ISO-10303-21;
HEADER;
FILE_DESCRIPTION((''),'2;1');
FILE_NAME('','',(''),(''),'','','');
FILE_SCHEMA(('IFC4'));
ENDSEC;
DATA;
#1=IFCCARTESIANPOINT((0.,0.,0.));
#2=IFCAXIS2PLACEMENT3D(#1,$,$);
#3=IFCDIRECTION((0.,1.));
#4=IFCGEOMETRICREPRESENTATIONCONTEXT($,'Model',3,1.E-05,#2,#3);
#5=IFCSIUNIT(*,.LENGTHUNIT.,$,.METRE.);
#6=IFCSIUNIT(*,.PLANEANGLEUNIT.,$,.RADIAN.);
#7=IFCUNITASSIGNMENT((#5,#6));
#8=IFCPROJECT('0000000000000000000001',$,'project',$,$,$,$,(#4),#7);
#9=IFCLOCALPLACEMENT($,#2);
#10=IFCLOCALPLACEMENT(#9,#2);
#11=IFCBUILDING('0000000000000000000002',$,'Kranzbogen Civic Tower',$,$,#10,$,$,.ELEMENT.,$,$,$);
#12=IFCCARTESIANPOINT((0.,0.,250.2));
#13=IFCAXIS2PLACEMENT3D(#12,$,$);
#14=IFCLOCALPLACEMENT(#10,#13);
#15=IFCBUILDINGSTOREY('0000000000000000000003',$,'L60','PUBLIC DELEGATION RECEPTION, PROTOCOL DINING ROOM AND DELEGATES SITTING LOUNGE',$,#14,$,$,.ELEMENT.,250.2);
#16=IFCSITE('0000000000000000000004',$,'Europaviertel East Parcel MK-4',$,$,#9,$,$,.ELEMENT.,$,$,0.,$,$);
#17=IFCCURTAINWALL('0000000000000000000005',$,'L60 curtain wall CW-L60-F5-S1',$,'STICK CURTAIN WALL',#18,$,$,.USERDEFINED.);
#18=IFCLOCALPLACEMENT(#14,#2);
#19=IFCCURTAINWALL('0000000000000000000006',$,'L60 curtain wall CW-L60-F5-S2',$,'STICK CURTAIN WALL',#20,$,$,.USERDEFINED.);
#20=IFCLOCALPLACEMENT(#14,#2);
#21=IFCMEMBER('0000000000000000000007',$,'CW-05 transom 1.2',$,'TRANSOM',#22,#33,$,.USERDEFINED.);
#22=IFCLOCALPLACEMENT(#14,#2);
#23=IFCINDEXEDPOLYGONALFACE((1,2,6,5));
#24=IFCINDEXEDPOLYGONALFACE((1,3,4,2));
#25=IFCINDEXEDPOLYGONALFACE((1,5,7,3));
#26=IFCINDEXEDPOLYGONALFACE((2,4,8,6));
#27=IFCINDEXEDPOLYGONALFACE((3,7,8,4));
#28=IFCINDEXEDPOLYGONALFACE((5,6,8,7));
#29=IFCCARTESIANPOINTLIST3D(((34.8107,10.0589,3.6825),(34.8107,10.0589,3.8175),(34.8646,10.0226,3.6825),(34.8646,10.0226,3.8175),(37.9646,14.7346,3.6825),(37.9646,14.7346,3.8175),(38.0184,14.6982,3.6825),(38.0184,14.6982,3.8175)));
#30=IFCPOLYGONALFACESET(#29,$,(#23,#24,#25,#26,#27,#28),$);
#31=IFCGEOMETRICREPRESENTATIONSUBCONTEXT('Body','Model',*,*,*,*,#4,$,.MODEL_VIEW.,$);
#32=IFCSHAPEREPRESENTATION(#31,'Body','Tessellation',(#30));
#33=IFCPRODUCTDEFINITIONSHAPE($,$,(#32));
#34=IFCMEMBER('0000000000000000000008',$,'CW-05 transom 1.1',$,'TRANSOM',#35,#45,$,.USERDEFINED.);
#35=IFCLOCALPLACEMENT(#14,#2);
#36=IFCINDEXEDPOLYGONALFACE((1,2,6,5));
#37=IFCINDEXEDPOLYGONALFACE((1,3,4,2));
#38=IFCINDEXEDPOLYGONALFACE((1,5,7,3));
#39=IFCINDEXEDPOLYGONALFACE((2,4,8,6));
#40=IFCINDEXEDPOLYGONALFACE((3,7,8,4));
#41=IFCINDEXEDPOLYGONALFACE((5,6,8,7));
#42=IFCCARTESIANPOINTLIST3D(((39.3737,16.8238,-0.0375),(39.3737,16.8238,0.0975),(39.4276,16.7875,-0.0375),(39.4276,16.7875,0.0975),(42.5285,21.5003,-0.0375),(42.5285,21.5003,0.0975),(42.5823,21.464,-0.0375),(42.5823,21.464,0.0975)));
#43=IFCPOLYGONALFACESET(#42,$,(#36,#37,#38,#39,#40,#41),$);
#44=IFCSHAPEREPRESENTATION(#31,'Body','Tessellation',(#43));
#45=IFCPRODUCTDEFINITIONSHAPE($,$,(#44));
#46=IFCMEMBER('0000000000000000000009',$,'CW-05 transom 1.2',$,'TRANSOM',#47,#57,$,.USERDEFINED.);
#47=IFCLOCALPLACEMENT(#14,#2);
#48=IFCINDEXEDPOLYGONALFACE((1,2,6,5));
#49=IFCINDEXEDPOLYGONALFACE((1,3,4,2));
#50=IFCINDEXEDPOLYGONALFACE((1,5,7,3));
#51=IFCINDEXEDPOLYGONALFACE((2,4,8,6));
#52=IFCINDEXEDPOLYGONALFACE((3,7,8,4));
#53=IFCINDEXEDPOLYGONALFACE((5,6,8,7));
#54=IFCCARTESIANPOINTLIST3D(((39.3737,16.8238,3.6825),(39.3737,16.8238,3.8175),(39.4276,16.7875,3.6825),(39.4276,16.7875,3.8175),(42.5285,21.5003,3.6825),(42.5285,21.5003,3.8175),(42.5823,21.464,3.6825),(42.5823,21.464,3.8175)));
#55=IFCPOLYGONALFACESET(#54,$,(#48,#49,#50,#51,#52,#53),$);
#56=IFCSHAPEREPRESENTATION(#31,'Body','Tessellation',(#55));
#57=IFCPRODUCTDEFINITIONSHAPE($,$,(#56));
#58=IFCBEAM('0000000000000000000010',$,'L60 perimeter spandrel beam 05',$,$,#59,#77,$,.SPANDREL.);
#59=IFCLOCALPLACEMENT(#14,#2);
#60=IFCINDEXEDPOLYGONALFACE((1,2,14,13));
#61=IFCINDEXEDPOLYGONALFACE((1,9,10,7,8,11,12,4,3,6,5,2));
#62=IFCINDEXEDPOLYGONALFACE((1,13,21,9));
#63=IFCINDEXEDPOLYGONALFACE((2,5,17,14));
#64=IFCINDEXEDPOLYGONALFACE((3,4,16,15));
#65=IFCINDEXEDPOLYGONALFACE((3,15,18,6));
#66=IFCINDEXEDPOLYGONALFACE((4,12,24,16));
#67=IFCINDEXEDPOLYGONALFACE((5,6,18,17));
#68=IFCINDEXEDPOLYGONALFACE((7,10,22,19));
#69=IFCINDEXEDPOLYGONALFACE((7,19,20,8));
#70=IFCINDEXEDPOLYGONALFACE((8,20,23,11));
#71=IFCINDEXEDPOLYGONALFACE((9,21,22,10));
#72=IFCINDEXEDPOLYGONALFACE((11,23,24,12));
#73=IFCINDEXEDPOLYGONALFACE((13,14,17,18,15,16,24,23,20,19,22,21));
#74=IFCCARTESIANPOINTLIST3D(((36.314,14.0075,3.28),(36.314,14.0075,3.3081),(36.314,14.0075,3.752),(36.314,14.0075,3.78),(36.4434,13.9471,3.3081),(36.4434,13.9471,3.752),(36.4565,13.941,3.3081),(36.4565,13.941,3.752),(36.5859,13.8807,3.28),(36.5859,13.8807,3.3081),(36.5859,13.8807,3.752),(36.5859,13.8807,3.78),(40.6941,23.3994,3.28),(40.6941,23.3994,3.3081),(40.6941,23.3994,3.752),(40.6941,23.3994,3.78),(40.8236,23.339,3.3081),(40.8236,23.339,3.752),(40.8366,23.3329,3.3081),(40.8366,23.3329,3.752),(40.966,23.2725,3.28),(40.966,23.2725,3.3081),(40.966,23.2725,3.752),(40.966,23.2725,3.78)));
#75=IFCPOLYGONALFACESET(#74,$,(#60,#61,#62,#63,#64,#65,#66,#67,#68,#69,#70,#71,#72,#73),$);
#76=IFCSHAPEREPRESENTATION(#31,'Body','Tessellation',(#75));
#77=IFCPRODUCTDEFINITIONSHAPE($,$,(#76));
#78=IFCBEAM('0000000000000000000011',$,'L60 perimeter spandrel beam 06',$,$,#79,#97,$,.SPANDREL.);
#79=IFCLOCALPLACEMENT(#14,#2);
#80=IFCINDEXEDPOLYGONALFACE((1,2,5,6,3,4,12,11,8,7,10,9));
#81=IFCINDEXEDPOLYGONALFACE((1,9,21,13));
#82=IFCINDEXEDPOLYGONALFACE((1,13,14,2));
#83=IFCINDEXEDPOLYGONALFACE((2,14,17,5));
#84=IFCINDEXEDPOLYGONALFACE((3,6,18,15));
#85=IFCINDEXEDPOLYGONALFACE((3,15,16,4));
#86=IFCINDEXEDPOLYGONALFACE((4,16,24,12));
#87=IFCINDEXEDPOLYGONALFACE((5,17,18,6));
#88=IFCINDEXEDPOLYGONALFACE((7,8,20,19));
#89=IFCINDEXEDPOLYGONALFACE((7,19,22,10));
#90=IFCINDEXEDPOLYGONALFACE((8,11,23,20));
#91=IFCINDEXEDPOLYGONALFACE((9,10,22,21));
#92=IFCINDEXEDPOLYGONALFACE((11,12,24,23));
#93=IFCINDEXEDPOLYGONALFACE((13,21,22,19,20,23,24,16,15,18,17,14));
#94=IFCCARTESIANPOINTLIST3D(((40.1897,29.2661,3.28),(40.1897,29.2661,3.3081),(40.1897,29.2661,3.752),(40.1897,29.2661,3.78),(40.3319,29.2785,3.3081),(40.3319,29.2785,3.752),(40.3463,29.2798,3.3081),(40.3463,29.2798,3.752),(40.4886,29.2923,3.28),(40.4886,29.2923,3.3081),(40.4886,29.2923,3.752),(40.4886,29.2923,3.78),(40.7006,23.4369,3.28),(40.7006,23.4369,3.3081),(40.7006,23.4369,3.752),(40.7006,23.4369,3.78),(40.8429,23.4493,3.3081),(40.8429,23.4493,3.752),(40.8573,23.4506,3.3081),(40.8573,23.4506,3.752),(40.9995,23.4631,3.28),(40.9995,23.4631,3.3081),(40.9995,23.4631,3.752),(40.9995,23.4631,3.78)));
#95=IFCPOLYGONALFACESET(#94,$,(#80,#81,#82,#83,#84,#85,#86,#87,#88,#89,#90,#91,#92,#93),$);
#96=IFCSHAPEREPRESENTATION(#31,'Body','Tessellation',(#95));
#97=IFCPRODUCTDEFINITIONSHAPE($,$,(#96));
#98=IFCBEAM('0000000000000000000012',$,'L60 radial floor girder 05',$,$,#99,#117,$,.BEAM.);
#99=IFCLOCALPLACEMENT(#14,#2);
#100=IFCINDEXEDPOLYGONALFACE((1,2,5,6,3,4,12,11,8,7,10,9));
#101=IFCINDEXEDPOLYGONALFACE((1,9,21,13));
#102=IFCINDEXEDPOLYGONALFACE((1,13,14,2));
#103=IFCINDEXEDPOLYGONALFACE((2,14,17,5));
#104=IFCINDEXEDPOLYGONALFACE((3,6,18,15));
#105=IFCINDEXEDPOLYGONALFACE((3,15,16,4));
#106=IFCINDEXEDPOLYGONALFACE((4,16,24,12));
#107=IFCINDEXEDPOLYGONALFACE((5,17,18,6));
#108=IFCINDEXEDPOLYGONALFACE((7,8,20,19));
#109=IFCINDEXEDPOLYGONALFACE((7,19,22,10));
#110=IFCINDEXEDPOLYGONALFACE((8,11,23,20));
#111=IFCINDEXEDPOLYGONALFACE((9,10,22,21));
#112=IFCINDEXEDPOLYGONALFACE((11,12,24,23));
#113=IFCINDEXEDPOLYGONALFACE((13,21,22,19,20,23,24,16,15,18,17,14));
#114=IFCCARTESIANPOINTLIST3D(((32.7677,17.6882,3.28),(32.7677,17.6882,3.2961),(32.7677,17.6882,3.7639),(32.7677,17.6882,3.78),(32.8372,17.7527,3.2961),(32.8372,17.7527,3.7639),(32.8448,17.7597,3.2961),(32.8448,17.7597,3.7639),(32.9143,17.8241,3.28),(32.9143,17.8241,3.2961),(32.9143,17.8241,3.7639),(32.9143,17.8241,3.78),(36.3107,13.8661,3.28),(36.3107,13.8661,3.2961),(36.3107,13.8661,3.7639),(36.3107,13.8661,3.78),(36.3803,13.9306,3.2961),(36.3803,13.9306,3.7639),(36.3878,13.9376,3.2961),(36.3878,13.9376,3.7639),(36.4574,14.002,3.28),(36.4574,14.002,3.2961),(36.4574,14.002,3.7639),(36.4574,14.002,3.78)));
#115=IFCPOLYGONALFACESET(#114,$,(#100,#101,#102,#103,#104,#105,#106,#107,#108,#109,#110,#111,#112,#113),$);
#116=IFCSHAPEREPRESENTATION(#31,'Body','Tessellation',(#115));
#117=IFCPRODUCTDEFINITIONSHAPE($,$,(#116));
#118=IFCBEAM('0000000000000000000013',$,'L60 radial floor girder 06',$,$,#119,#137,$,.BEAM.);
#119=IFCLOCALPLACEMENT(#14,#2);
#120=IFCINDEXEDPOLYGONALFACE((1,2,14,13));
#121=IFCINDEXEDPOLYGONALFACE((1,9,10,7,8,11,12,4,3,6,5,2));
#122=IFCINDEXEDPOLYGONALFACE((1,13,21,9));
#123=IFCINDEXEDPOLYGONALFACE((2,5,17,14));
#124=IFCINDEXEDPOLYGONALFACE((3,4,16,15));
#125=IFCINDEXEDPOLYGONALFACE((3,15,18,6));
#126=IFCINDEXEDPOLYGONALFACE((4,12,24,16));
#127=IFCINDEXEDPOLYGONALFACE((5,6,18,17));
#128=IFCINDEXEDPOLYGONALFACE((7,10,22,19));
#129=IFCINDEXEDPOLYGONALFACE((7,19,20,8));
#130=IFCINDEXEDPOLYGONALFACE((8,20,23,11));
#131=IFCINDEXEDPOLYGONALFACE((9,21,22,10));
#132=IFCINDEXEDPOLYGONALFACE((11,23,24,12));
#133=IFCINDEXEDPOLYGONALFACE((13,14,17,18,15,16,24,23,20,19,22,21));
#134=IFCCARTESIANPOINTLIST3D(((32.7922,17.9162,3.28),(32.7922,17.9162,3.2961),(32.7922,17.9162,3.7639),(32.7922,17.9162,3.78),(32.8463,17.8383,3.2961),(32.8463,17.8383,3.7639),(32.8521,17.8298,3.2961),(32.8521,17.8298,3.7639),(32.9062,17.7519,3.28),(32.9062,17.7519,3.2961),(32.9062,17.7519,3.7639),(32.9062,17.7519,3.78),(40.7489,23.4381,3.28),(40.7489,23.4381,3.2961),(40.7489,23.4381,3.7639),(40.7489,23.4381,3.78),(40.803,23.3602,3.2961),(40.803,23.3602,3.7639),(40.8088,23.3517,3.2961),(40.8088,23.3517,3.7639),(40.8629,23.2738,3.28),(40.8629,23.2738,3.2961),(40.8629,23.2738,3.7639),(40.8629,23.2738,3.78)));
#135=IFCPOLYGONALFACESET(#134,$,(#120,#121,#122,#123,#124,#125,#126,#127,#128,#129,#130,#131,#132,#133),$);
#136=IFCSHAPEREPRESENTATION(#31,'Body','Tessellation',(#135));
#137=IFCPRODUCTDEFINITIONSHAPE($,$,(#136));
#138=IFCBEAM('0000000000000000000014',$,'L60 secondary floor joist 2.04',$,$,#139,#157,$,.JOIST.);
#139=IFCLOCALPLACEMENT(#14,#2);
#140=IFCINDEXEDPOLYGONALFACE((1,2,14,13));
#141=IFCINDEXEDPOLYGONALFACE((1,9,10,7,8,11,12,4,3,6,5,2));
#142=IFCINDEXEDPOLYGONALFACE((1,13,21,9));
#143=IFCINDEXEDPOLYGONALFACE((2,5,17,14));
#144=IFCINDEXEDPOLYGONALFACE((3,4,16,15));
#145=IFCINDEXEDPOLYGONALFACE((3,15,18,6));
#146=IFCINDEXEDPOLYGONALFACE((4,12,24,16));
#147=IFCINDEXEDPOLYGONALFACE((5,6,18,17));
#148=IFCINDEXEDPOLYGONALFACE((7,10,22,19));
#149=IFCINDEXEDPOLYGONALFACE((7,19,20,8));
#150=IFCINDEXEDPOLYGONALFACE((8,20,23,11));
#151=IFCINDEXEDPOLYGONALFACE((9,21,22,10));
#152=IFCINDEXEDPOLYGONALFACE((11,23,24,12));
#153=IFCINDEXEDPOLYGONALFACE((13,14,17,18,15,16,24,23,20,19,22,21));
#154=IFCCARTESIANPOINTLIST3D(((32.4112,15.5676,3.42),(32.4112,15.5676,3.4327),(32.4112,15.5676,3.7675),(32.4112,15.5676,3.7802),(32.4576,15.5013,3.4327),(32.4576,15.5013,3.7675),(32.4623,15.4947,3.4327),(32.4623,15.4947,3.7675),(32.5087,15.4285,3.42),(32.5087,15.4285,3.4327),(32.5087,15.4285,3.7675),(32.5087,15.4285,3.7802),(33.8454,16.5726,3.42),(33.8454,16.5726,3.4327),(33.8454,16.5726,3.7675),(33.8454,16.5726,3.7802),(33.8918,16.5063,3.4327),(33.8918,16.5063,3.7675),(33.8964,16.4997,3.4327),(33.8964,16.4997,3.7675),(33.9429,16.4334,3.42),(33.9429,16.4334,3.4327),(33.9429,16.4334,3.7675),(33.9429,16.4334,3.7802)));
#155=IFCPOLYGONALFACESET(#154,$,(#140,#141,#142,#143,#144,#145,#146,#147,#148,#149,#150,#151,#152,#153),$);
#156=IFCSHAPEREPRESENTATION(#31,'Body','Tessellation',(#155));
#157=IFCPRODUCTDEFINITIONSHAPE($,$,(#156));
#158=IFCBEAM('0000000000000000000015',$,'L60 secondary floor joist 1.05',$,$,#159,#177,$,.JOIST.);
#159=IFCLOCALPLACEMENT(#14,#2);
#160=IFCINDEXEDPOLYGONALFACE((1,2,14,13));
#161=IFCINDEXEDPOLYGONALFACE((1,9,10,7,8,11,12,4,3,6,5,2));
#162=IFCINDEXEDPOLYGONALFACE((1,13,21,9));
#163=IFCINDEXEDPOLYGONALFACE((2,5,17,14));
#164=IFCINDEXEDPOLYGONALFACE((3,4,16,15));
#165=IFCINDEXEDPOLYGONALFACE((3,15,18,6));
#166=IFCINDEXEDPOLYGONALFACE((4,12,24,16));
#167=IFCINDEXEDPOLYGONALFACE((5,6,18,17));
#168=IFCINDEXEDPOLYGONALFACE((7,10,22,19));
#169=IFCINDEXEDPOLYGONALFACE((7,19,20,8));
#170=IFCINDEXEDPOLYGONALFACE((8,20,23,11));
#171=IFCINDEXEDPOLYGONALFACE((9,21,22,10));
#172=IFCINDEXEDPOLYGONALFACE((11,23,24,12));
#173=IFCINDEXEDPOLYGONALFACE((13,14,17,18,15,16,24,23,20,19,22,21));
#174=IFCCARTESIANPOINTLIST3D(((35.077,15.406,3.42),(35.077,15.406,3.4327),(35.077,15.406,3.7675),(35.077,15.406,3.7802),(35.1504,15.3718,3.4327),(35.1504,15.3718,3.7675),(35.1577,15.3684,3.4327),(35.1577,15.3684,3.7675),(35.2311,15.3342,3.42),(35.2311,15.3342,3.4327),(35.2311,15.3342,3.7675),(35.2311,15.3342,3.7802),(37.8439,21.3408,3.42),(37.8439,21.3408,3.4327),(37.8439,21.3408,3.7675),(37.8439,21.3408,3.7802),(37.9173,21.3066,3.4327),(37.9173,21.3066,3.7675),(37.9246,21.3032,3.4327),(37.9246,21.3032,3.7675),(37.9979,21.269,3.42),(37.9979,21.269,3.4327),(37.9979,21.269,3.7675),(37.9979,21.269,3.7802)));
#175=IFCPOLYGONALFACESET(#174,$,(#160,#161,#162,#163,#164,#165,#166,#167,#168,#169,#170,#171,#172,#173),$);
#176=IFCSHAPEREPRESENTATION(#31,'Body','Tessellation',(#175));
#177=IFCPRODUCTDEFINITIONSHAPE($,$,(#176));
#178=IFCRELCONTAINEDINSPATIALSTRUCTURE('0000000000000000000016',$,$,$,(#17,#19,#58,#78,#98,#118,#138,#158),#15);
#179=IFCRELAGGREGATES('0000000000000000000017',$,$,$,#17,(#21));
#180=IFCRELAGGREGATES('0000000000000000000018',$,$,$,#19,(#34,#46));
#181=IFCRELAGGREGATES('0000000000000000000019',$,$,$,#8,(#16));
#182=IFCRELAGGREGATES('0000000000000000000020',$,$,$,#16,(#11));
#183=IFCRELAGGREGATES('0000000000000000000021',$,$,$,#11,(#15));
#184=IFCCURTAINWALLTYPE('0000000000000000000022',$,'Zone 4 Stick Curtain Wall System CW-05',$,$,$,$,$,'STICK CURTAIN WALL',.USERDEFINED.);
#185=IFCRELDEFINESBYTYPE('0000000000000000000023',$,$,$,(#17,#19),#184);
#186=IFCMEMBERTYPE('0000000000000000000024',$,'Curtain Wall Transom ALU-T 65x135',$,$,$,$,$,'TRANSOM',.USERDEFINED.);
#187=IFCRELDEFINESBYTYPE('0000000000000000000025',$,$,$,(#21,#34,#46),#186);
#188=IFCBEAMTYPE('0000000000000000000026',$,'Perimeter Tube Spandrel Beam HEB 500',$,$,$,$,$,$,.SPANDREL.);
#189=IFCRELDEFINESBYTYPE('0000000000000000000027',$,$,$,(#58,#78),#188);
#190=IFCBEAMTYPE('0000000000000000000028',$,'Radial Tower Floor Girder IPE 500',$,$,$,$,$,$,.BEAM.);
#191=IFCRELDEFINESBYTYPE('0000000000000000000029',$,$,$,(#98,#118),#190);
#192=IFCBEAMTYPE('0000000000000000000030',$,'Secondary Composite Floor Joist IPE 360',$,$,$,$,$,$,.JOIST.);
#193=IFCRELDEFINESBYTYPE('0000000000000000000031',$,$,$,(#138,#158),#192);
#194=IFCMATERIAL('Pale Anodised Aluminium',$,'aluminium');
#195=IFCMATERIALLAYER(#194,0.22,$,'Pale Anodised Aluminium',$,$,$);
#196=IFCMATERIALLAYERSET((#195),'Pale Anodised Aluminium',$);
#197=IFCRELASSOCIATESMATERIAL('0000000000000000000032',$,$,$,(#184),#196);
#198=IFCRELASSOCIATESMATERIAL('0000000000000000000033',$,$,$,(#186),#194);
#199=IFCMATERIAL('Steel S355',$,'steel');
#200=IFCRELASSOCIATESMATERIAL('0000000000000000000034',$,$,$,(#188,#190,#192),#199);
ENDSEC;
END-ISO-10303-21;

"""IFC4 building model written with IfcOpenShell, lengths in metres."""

from ifc_helpers import new_model, si_unit, direction, frame, origin, origin_2d, place, context, subcontext, project, spatial, rectangle, i_section, extrude, material, layer, layer_set, material_profile, profile_set, type_object, element, aggregate, save


model = new_model("IFC4")

# Units and contexts
model_context = context("Model", 3, precision=1e-05, world=origin(), true_north=direction((0.0, 1.0)))
body_context = subcontext(model_context, "Body", "Model", "MODEL_VIEW")
ifc_project = project(units=[si_unit("LENGTHUNIT", "METRE"), si_unit("PLANEANGLEUNIT", "RADIAN")], contexts=[model_context])

# Site, building, storey
site_placement = place(None, origin())
site = spatial("IfcSite", under=ifc_project, at=site_placement, Name="Europaviertel East Parcel MK-4", CompositionType="ELEMENT", RefElevation=0.0)
building_placement = place(site_placement, origin())
building = spatial("IfcBuilding", under=site, at=building_placement, Name="Kranzbogen Civic Tower", CompositionType="ELEMENT")
storey_placement = place(building_placement, frame((0.0, 0.0, 250.2)))
storey = spatial("IfcBuildingStorey", under=building, at=storey_placement, Name="L60", Description="PUBLIC DELEGATION RECEPTION, PROTOCOL DINING ROOM AND DELEGATES SITTING LOUNGE", CompositionType="ELEMENT", Elevation=250.2)

# Shared definitions
ifc_material_1 = material(Name="Steel S355", Category="steel")

# Shared definitions
ifc_material_2 = material(Name="Pale Anodised Aluminium", Category="aluminium")

# Curtain walls
ifc_layer_1 = layer(ifc_material_2, 0.22, Name="Pale Anodised Aluminium")
ifc_layer_set_1 = layer_set([ifc_layer_1], Name="Pale Anodised Aluminium")
curtain_wall_type_1 = type_object("IfcCurtainWallType", Name="Zone 4 Stick Curtain Wall System CW-05", ElementType="STICK CURTAIN WALL", PredefinedType="USERDEFINED", material=ifc_layer_set_1)
curtain_wall_1_placement = place(storey_placement, origin())
curtain_wall_1 = element("IfcCurtainWall", 1, at=curtain_wall_1_placement, inside=storey, type_object=curtain_wall_type_1, Name="L60 curtain wall CW-L60-F5-S1", ObjectType="STICK CURTAIN WALL", PredefinedType="USERDEFINED")
curtain_wall_2_placement = place(storey_placement, origin())
curtain_wall_2 = element("IfcCurtainWall", 2, at=curtain_wall_2_placement, inside=storey, type_object=curtain_wall_type_1, Name="L60 curtain wall CW-L60-F5-S2", ObjectType="STICK CURTAIN WALL", PredefinedType="USERDEFINED")

# Members
ifc_material_profile_1 = material_profile(ifc_material_2, rectangle(XDim=0.0649, YDim=0.135, at=origin_2d()), Name="ALU-T 65x135")
ifc_profile_set_1 = profile_set([ifc_material_profile_1], Name="Pale Anodised Aluminium")
member_type_1 = type_object("IfcMemberType", Name="Curtain Wall Transom ALU-T 65x135", ElementType="TRANSOM", PredefinedType="USERDEFINED", material=ifc_profile_set_1)
member_1_placement = place(storey_placement, frame((34.8376, 10.0408, 3.75), z_axis=(0.559207, 0.829028, 0.0), x_axis=(-0.829028, 0.559207, 0.0)))
member_1 = element("IfcMember", 3, at=member_1_placement, type_object=member_type_1, Name="CW-05 transom 1.2", ObjectType="TRANSOM", PredefinedType="USERDEFINED", context=body_context, shape_type="SweptSolid", body=[
    extrude(rectangle(XDim=0.0649, YDim=0.135, at=origin_2d()), origin(), (0.0, 0.0, 1.0), 5.6399),
])
member_2_placement = place(storey_placement, frame((39.4006, 16.8057, 0.03), z_axis=(0.559246, 0.829002, 0.0), x_axis=(-0.829002, 0.559246, 0.0)))
member_2 = element("IfcMember", 4, at=member_2_placement, type_object=member_type_1, Name="CW-05 transom 1.1", ObjectType="TRANSOM", PredefinedType="USERDEFINED", context=body_context, shape_type="SweptSolid", body=[
    extrude(rectangle(XDim=0.0649, YDim=0.135, at=origin_2d()), origin(), (0.0, 0.0, 1.0), 5.6411),
])
member_3_placement = place(storey_placement, frame((39.4006, 16.8057, 3.75), z_axis=(0.559246, 0.829002, 0.0), x_axis=(-0.829002, 0.559246, 0.0)))
member_3 = element("IfcMember", 5, at=member_3_placement, type_object=member_type_1, Name="CW-05 transom 1.2", ObjectType="TRANSOM", PredefinedType="USERDEFINED", context=body_context, shape_type="SweptSolid", body=[
    extrude(rectangle(XDim=0.0649, YDim=0.135, at=origin_2d()), origin(), (0.0, 0.0, 1.0), 5.6411),
])

# Beams
ifc_material_profile_2 = material_profile(ifc_material_1, i_section(OverallWidth=0.3, OverallDepth=0.5, WebThickness=0.0144, FlangeThickness=0.0281, at=origin_2d()), Name="HEB 500")
ifc_profile_set_2 = profile_set([ifc_material_profile_2], Name="Steel S355")
beam_type_1 = type_object("IfcBeamType", Name="Perimeter Tube Spandrel Beam HEB 500", PredefinedType="SPANDREL", material=ifc_profile_set_2)
beam_1_placement = place(storey_placement, frame((36.45, 13.9441, 3.53), z_axis=(0.422669, 0.906284, 0.0), x_axis=(-0.906284, 0.422669, 0.0)))
element("IfcBeam", 6, at=beam_1_placement, inside=storey, type_object=beam_type_1, Name="L60 perimeter spandrel beam 05", PredefinedType="SPANDREL", context=body_context, shape_type="SweptSolid", body=[
    extrude(i_section(OverallWidth=0.3, OverallDepth=0.5, WebThickness=0.0144, FlangeThickness=0.0281, at=origin_2d()), origin(), (0.0, 0.0, 1.0), 10.363),
])
beam_2_placement = place(storey_placement, frame((40.8501, 23.45, 3.53), z_axis=(-0.087326, 0.99618, 0.0), x_axis=(-0.99618, -0.087326, 0.0)))
element("IfcBeam", 7, at=beam_2_placement, inside=storey, type_object=beam_type_1, Name="L60 perimeter spandrel beam 06", PredefinedType="SPANDREL", context=body_context, shape_type="SweptSolid", body=[
    extrude(i_section(OverallWidth=0.3, OverallDepth=0.5, WebThickness=0.0144, FlangeThickness=0.0281, at=origin_2d()), origin(), (0.0, 0.0, 1.0), 5.8516),
])
ifc_material_profile_3 = material_profile(ifc_material_1, i_section(OverallWidth=0.2, OverallDepth=0.5, WebThickness=0.0103, FlangeThickness=0.0161, at=origin_2d()), Name="IPE 500")
ifc_profile_set_3 = profile_set([ifc_material_profile_3], Name="Steel S355")
beam_type_2 = type_object("IfcBeamType", Name="Radial Tower Floor Girder IPE 500", PredefinedType="BEAM", material=ifc_profile_set_3)
beam_3_placement = place(storey_placement, frame((36.384, 13.9341, 3.53), z_axis=(-0.679827, 0.733372, 0.0), x_axis=(-0.733372, -0.679827, 0.0)))
element("IfcBeam", 8, at=beam_3_placement, inside=storey, type_object=beam_type_2, Name="L60 radial floor girder 05", PredefinedType="BEAM", context=body_context, shape_type="SweptSolid", body=[
    extrude(i_section(OverallWidth=0.2, OverallDepth=0.5, WebThickness=0.0103, FlangeThickness=0.0161, at=origin_2d()), origin(), (0.0, 0.0, 1.0), 5.2117),
])
beam_4_placement = place(storey_placement, frame((40.8059, 23.356, 3.53), z_axis=(-0.821543, -0.570147, 0.0), x_axis=(0.570147, -0.821543, 0.0)))
element("IfcBeam", 9, at=beam_4_placement, inside=storey, type_object=beam_type_2, Name="L60 radial floor girder 06", PredefinedType="BEAM", context=body_context, shape_type="SweptSolid", body=[
    extrude(i_section(OverallWidth=0.2, OverallDepth=0.5, WebThickness=0.0103, FlangeThickness=0.0161, at=origin_2d()), origin(), (0.0, 0.0, 1.0), 9.6851),
])
ifc_material_profile_4 = material_profile(ifc_material_1, i_section(OverallWidth=0.1699, OverallDepth=0.3601, WebThickness=0.0081, FlangeThickness=0.0127, at=origin_2d()), Name="IPE 360")
ifc_profile_set_4 = profile_set([ifc_material_profile_4], Name="Steel S355")
beam_type_3 = type_object("IfcBeamType", Name="Secondary Composite Floor Joist IPE 360", PredefinedType="JOIST", material=ifc_profile_set_4)
beam_5_placement = place(storey_placement, frame((32.46, 15.498, 3.6001), z_axis=(0.818957, 0.573855, 0.0), x_axis=(-0.573855, 0.818957, 0.0)))
element("IfcBeam", 10, at=beam_5_placement, inside=storey, type_object=beam_type_3, Name="L60 secondary floor joist 2.04", PredefinedType="JOIST", context=body_context, shape_type="SweptSolid", body=[
    extrude(i_section(OverallWidth=0.1699, OverallDepth=0.3601, WebThickness=0.0081, FlangeThickness=0.0127, at=origin_2d()), origin(), (0.0, 0.0, 1.0), 1.7512),
])
beam_6_placement = place(storey_placement, frame((35.1541, 15.3701, 3.6001), z_axis=(0.422543, 0.906343, 0.0), x_axis=(-0.906343, 0.422543, 0.0)))
element("IfcBeam", 11, at=beam_6_placement, inside=storey, type_object=beam_type_3, Name="L60 secondary floor joist 1.05", PredefinedType="JOIST", context=body_context, shape_type="SweptSolid", body=[
    extrude(i_section(OverallWidth=0.1699, OverallDepth=0.3601, WebThickness=0.0081, FlangeThickness=0.0127, at=origin_2d()), origin(), (0.0, 0.0, 1.0), 6.5481),
])

aggregate(curtain_wall_1, [member_1])
aggregate(curtain_wall_2, [member_2, member_3])

save(model, "model.ifc")
